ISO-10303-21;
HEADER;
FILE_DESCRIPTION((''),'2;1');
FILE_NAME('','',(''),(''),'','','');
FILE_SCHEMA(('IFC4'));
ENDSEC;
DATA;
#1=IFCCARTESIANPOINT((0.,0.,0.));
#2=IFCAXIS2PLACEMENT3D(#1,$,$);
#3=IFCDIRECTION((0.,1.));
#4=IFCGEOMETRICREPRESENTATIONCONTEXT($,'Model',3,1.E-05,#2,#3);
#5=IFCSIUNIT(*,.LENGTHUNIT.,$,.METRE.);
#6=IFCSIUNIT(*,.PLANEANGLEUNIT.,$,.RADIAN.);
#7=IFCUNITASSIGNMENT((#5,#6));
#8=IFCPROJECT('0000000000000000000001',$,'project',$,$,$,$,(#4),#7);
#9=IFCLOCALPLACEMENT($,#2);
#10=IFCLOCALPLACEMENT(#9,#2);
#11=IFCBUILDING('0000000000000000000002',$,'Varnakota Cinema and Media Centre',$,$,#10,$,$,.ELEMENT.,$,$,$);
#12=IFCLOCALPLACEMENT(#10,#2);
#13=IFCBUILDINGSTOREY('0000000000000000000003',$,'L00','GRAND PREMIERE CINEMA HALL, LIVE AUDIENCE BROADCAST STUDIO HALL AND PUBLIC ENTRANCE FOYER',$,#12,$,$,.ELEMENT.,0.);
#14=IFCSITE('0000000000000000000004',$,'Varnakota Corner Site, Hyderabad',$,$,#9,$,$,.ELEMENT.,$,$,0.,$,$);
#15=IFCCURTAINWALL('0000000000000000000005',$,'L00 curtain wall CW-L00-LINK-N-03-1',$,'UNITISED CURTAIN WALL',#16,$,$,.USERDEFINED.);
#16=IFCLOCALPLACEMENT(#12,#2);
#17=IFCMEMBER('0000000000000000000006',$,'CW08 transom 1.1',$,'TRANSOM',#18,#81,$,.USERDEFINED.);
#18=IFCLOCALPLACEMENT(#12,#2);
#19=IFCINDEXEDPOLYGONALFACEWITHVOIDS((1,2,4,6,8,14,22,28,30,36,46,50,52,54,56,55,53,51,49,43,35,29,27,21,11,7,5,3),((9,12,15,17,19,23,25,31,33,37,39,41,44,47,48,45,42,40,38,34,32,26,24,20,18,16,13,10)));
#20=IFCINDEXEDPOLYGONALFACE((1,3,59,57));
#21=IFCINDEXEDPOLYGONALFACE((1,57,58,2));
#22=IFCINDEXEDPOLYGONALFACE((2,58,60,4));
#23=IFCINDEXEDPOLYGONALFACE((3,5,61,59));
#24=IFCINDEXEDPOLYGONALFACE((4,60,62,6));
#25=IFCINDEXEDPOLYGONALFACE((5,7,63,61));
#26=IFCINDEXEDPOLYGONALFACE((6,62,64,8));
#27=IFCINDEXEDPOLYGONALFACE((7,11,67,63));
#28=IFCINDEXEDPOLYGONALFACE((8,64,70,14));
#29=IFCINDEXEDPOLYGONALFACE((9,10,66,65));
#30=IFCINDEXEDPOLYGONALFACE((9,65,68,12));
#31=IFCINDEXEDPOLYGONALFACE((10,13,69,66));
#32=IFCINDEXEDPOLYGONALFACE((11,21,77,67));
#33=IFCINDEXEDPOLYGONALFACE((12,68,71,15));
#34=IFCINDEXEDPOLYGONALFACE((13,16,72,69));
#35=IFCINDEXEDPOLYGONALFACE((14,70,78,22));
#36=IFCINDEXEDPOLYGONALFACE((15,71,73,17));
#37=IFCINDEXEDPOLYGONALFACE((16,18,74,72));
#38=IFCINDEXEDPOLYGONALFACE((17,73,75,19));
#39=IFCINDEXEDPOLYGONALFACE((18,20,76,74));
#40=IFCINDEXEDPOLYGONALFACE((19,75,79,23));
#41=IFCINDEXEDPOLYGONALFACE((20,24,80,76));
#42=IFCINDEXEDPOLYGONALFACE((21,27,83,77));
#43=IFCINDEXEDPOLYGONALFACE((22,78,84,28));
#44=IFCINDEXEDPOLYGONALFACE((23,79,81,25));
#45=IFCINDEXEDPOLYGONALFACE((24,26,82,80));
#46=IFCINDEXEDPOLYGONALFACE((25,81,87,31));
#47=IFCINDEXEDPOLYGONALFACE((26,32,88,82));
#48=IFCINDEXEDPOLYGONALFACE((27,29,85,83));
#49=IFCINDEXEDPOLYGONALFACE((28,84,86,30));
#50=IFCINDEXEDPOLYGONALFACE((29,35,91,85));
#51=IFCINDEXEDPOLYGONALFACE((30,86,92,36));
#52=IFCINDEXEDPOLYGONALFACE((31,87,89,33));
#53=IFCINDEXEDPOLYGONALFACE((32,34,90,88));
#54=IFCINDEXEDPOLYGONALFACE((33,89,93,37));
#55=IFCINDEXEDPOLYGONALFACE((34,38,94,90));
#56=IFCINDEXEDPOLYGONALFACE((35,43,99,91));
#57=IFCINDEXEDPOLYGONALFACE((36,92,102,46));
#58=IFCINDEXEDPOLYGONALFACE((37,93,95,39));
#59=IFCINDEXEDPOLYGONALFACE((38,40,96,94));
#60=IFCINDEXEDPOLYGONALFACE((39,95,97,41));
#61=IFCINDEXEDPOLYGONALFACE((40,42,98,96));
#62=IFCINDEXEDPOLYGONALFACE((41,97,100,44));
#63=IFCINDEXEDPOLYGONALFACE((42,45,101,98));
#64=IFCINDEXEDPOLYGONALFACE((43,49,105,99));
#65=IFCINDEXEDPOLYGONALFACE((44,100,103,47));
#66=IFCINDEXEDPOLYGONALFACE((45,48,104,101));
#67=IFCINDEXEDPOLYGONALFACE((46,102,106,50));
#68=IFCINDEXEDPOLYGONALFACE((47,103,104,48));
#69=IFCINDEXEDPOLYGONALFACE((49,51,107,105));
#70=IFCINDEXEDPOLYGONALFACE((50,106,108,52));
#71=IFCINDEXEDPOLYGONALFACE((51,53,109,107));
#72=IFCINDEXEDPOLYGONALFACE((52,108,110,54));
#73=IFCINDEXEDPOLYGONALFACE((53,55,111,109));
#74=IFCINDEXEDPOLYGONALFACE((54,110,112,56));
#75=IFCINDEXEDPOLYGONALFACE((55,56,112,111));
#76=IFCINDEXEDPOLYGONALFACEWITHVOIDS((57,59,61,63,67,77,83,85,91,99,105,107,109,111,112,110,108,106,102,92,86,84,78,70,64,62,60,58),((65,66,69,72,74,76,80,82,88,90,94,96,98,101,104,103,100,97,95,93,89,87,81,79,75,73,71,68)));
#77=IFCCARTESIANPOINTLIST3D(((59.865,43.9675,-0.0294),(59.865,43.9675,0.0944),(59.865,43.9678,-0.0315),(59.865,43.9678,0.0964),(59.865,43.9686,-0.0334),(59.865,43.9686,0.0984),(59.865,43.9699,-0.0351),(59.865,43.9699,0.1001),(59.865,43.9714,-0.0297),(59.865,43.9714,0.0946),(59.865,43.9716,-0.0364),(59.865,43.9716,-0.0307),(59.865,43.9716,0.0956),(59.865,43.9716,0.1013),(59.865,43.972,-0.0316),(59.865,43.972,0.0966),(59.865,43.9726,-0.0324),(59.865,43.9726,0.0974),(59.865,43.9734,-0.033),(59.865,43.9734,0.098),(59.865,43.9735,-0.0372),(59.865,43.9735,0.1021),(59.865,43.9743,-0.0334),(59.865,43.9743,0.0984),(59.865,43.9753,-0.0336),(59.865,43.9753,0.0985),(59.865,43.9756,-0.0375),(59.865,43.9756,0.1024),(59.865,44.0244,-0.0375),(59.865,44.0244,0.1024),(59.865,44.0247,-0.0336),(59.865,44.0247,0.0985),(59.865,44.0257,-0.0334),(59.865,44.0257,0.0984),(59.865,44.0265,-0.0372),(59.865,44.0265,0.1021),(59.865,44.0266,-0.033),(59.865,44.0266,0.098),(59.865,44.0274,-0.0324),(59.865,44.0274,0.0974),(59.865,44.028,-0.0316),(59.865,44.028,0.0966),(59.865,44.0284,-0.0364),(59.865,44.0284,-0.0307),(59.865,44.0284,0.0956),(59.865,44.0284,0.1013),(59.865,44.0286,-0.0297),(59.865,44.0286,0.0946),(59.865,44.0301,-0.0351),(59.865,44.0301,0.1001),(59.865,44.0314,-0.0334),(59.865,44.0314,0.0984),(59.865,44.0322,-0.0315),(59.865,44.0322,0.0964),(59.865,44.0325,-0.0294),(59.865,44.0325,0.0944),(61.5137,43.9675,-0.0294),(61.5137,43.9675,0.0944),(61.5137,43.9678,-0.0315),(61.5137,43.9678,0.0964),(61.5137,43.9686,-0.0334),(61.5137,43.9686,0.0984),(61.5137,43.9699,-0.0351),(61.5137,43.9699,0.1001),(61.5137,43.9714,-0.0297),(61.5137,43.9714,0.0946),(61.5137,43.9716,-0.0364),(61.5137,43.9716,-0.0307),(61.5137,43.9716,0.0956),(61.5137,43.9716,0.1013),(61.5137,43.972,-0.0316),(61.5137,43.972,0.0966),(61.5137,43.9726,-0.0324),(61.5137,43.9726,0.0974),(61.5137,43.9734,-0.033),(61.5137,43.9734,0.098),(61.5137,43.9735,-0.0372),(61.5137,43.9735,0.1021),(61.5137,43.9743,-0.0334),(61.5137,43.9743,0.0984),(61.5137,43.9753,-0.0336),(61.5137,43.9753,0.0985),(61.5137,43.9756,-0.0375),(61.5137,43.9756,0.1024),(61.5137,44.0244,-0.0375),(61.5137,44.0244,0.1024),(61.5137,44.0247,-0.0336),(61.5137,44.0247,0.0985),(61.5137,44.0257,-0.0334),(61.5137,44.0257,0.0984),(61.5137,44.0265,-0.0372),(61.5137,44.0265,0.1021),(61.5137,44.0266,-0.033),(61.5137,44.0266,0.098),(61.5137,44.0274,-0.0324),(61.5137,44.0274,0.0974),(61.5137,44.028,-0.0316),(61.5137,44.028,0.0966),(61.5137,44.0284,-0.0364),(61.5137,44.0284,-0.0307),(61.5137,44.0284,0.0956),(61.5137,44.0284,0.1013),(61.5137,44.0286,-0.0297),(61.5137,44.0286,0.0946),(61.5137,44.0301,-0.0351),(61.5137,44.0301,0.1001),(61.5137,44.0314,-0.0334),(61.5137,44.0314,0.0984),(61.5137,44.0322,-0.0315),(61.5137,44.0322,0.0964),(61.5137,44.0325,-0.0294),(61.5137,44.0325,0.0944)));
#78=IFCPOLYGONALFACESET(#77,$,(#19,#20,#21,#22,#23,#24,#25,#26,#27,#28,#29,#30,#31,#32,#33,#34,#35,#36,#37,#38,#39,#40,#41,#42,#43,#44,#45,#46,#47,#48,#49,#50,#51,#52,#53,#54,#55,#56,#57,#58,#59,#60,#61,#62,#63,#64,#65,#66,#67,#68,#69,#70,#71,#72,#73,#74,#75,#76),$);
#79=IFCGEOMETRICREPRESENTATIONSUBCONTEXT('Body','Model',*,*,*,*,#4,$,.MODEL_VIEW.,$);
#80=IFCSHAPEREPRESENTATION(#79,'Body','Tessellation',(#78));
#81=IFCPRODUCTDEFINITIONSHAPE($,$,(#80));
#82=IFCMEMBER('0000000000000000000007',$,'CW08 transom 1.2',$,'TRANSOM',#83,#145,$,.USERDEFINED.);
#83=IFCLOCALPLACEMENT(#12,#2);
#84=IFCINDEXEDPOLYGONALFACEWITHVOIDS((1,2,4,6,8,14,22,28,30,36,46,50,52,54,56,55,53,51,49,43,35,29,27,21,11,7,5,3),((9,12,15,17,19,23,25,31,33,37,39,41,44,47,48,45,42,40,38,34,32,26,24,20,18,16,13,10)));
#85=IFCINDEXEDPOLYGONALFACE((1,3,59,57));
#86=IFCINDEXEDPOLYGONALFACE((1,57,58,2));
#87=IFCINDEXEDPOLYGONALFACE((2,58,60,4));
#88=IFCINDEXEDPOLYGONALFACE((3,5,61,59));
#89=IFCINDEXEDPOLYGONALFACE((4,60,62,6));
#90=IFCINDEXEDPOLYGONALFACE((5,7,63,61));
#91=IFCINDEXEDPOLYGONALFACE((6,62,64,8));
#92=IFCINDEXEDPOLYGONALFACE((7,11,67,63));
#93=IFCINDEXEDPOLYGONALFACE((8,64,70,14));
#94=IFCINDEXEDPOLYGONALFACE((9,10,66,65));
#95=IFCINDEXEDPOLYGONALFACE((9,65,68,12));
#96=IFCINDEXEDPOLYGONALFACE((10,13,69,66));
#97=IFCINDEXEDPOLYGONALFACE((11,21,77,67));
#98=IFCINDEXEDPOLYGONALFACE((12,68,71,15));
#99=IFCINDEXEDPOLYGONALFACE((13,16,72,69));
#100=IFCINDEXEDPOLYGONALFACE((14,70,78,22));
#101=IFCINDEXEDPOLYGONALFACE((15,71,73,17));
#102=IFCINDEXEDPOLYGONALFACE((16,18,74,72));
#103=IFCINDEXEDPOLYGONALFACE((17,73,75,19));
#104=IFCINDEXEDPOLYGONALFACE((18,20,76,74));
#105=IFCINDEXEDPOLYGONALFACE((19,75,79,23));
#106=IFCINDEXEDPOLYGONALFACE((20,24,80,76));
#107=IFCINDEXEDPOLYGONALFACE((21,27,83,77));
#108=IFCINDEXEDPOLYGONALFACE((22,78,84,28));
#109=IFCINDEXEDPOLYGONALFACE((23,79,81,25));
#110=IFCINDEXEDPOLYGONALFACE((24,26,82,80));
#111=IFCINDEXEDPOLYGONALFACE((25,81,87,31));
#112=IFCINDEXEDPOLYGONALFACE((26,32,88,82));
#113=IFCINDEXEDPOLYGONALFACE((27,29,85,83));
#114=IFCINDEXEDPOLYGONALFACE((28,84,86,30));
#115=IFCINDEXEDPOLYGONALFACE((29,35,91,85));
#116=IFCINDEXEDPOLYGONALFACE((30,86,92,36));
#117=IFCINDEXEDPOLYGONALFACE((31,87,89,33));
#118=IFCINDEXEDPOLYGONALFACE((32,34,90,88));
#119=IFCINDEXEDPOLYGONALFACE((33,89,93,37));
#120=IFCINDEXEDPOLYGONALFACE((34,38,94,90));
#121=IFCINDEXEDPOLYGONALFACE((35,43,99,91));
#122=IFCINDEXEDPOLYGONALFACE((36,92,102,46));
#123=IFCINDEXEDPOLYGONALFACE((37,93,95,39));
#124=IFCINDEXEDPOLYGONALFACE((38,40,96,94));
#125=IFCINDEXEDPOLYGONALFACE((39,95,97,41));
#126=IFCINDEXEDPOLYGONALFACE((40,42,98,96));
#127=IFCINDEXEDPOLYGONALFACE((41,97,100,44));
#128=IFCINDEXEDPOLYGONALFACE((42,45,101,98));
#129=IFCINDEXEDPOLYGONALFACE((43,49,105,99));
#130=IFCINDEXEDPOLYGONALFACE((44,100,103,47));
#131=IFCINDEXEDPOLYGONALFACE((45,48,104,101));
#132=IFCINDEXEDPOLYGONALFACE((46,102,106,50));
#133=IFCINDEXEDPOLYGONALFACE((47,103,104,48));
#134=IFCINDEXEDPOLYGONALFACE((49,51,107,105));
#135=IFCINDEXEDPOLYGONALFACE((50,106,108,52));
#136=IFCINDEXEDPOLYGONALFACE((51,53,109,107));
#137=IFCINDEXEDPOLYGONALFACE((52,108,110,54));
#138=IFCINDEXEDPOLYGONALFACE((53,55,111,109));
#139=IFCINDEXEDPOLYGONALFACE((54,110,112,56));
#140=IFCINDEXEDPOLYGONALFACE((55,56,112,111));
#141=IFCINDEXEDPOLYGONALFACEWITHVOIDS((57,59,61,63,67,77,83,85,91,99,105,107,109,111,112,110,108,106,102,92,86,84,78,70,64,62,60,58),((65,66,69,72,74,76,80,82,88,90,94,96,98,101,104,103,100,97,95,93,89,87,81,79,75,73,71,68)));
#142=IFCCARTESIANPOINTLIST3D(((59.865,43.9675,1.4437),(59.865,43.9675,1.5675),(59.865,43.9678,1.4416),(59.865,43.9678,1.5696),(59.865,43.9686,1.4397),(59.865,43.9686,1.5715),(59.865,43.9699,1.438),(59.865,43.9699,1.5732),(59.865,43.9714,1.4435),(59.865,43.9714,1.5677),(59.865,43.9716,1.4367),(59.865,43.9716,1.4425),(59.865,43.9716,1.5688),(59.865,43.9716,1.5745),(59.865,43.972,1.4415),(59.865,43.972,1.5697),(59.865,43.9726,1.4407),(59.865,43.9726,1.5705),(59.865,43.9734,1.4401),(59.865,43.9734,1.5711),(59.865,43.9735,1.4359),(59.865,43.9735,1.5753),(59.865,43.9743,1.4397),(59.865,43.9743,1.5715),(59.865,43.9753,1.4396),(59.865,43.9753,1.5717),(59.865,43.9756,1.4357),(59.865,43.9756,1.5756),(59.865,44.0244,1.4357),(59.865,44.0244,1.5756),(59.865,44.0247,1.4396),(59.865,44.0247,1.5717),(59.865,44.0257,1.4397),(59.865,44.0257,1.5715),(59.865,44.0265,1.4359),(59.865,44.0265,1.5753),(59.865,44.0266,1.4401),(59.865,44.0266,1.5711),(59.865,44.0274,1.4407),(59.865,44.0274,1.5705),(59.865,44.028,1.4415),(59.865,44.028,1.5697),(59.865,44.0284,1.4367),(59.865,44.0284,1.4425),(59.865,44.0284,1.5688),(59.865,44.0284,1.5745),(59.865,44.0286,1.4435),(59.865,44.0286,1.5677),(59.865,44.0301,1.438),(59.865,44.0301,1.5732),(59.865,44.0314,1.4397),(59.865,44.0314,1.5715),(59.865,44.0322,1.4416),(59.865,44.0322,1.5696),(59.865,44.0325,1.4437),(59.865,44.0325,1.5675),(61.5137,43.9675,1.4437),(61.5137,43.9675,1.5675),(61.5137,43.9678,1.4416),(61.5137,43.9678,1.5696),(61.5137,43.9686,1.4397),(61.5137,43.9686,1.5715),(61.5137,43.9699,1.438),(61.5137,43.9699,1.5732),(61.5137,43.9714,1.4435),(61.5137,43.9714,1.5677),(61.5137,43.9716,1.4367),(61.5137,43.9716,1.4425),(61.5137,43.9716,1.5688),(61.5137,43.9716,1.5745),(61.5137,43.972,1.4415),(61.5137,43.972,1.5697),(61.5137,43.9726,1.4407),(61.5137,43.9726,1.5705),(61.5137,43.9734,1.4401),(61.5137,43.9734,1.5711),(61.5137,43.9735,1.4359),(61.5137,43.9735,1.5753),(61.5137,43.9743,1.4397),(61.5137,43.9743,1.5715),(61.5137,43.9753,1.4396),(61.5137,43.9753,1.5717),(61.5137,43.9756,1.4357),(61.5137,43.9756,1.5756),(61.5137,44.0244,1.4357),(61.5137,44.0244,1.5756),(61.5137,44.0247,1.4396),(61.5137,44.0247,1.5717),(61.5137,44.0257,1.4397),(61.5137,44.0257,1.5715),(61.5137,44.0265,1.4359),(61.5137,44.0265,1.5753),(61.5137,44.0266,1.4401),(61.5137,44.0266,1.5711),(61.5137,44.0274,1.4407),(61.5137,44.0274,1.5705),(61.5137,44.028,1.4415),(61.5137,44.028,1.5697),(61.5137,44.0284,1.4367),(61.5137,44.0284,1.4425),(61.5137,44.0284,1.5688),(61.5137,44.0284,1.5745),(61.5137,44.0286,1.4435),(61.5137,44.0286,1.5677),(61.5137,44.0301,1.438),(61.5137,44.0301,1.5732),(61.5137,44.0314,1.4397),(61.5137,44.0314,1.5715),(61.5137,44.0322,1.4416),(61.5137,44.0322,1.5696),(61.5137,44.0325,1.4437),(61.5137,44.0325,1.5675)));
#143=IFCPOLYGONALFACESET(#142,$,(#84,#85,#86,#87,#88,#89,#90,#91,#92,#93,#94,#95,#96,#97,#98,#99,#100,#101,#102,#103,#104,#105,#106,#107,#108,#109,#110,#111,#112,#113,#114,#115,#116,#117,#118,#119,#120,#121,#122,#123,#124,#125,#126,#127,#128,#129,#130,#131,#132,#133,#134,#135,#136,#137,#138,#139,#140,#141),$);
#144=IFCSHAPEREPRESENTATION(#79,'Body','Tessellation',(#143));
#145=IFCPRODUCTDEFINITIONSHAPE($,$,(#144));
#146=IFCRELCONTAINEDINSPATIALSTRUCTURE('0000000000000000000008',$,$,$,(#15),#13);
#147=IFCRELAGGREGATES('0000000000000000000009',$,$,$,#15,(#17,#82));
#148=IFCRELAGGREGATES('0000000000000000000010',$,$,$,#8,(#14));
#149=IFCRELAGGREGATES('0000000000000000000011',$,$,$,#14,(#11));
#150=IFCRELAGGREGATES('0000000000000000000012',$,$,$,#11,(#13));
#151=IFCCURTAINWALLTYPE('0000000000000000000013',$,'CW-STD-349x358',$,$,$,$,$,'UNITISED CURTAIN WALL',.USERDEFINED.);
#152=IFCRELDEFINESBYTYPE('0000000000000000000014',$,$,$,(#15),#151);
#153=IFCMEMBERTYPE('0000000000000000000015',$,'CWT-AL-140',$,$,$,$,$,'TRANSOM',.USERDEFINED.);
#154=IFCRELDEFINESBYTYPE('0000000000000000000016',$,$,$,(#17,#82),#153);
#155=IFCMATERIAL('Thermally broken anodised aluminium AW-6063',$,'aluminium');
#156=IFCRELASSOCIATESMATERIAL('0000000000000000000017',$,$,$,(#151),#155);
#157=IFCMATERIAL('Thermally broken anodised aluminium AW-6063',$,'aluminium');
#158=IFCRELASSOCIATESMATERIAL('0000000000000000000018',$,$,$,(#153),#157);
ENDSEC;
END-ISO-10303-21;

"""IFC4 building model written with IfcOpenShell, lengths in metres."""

from ifc_helpers import new_model, si_unit, direction, frame, origin, origin_2d, place, context, subcontext, project, spatial, hollow_rectangle, extrude, material, material_profile, profile_set, type_object, element, aggregate, save


model = new_model("IFC4")

# Units and contexts
model_context = context("Model", 3, precision=1e-05, world=origin(), true_north=direction((0.0, 1.0)))
body_context = subcontext(model_context, "Body", "Model", "MODEL_VIEW")
ifc_project = project(units=[si_unit("LENGTHUNIT", "METRE"), si_unit("PLANEANGLEUNIT", "RADIAN")], contexts=[model_context])

# Site, building, storey
site_placement = place(None, origin())
site = spatial("IfcSite", under=ifc_project, at=site_placement, Name="Varnakota Corner Site, Hyderabad", CompositionType="ELEMENT", RefElevation=0.0)
building_placement = place(site_placement, origin())
building = spatial("IfcBuilding", under=site, at=building_placement, Name="Varnakota Cinema and Media Centre", CompositionType="ELEMENT")
storey_placement = place(building_placement, origin())
storey = spatial("IfcBuildingStorey", under=building, at=storey_placement, Name="L00", Description="GRAND PREMIERE CINEMA HALL, LIVE AUDIENCE BROADCAST STUDIO HALL AND PUBLIC ENTRANCE FOYER", CompositionType="ELEMENT", Elevation=0.0)

# Shared definitions
ifc_material_1 = material(Name="Thermally broken anodised aluminium AW-6063", Category="aluminium")
curtain_wall_type = type_object("IfcCurtainWallType", Name="CW-STD-349x358", ElementType="UNITISED CURTAIN WALL", PredefinedType="USERDEFINED", material=ifc_material_1)

# Curtain wall
curtain_wall_1_placement = place(storey_placement, origin())
curtain_wall_1 = element("IfcCurtainWall", 1, at=curtain_wall_1_placement, inside=storey, type_object=curtain_wall_type, Name="L00 curtain wall CW-L00-LINK-N-03-1", ObjectType="UNITISED CURTAIN WALL", PredefinedType="USERDEFINED")

# Members
ifc_material_2 = material(Name="Thermally broken anodised aluminium AW-6063", Category="aluminium")
ifc_material_profile_1 = material_profile(ifc_material_2, hollow_rectangle(XDim=0.0649, YDim=0.1399, WallThickness=0.0039, InnerFilletRadius=0.0039, OuterFilletRadius=0.0081, at=origin_2d()), Name="AL-TRANSOM 140x65x4")
ifc_profile_set_1 = profile_set([ifc_material_profile_1], Name="Thermally broken anodised aluminium AW-6063")
member_type_1 = type_object("IfcMemberType", Name="CWT-AL-140", ElementType="TRANSOM", PredefinedType="USERDEFINED", material=ifc_profile_set_1)
member_1_placement = place(storey_placement, frame((59.865, 44.0, 0.0325), z_axis=(1.0, 0.0, 0.0), x_axis=(0.0, 1.0, 0.0)))
member_1 = element("IfcMember", 2, at=member_1_placement, type_object=member_type_1, Name="CW08 transom 1.1", ObjectType="TRANSOM", PredefinedType="USERDEFINED", context=body_context, shape_type="SweptSolid", body=[
    extrude(hollow_rectangle(XDim=0.0649, YDim=0.1399, WallThickness=0.0039, InnerFilletRadius=0.0039, OuterFilletRadius=0.0081, at=origin_2d()), origin(), (0.0, 0.0, 1.0), 1.6487),
])
member_2_placement = place(storey_placement, frame((59.865, 44.0, 1.5056), z_axis=(1.0, 0.0, 0.0), x_axis=(0.0, 1.0, 0.0)))
member_2 = element("IfcMember", 3, at=member_2_placement, type_object=member_type_1, Name="CW08 transom 1.2", ObjectType="TRANSOM", PredefinedType="USERDEFINED", context=body_context, shape_type="SweptSolid", body=[
    extrude(hollow_rectangle(XDim=0.0649, YDim=0.1399, WallThickness=0.0039, InnerFilletRadius=0.0039, OuterFilletRadius=0.0081, at=origin_2d()), origin(), (0.0, 0.0, 1.0), 1.6487),
])

aggregate(curtain_wall_1, [member_1, member_2])

save(model, "model.ifc")
